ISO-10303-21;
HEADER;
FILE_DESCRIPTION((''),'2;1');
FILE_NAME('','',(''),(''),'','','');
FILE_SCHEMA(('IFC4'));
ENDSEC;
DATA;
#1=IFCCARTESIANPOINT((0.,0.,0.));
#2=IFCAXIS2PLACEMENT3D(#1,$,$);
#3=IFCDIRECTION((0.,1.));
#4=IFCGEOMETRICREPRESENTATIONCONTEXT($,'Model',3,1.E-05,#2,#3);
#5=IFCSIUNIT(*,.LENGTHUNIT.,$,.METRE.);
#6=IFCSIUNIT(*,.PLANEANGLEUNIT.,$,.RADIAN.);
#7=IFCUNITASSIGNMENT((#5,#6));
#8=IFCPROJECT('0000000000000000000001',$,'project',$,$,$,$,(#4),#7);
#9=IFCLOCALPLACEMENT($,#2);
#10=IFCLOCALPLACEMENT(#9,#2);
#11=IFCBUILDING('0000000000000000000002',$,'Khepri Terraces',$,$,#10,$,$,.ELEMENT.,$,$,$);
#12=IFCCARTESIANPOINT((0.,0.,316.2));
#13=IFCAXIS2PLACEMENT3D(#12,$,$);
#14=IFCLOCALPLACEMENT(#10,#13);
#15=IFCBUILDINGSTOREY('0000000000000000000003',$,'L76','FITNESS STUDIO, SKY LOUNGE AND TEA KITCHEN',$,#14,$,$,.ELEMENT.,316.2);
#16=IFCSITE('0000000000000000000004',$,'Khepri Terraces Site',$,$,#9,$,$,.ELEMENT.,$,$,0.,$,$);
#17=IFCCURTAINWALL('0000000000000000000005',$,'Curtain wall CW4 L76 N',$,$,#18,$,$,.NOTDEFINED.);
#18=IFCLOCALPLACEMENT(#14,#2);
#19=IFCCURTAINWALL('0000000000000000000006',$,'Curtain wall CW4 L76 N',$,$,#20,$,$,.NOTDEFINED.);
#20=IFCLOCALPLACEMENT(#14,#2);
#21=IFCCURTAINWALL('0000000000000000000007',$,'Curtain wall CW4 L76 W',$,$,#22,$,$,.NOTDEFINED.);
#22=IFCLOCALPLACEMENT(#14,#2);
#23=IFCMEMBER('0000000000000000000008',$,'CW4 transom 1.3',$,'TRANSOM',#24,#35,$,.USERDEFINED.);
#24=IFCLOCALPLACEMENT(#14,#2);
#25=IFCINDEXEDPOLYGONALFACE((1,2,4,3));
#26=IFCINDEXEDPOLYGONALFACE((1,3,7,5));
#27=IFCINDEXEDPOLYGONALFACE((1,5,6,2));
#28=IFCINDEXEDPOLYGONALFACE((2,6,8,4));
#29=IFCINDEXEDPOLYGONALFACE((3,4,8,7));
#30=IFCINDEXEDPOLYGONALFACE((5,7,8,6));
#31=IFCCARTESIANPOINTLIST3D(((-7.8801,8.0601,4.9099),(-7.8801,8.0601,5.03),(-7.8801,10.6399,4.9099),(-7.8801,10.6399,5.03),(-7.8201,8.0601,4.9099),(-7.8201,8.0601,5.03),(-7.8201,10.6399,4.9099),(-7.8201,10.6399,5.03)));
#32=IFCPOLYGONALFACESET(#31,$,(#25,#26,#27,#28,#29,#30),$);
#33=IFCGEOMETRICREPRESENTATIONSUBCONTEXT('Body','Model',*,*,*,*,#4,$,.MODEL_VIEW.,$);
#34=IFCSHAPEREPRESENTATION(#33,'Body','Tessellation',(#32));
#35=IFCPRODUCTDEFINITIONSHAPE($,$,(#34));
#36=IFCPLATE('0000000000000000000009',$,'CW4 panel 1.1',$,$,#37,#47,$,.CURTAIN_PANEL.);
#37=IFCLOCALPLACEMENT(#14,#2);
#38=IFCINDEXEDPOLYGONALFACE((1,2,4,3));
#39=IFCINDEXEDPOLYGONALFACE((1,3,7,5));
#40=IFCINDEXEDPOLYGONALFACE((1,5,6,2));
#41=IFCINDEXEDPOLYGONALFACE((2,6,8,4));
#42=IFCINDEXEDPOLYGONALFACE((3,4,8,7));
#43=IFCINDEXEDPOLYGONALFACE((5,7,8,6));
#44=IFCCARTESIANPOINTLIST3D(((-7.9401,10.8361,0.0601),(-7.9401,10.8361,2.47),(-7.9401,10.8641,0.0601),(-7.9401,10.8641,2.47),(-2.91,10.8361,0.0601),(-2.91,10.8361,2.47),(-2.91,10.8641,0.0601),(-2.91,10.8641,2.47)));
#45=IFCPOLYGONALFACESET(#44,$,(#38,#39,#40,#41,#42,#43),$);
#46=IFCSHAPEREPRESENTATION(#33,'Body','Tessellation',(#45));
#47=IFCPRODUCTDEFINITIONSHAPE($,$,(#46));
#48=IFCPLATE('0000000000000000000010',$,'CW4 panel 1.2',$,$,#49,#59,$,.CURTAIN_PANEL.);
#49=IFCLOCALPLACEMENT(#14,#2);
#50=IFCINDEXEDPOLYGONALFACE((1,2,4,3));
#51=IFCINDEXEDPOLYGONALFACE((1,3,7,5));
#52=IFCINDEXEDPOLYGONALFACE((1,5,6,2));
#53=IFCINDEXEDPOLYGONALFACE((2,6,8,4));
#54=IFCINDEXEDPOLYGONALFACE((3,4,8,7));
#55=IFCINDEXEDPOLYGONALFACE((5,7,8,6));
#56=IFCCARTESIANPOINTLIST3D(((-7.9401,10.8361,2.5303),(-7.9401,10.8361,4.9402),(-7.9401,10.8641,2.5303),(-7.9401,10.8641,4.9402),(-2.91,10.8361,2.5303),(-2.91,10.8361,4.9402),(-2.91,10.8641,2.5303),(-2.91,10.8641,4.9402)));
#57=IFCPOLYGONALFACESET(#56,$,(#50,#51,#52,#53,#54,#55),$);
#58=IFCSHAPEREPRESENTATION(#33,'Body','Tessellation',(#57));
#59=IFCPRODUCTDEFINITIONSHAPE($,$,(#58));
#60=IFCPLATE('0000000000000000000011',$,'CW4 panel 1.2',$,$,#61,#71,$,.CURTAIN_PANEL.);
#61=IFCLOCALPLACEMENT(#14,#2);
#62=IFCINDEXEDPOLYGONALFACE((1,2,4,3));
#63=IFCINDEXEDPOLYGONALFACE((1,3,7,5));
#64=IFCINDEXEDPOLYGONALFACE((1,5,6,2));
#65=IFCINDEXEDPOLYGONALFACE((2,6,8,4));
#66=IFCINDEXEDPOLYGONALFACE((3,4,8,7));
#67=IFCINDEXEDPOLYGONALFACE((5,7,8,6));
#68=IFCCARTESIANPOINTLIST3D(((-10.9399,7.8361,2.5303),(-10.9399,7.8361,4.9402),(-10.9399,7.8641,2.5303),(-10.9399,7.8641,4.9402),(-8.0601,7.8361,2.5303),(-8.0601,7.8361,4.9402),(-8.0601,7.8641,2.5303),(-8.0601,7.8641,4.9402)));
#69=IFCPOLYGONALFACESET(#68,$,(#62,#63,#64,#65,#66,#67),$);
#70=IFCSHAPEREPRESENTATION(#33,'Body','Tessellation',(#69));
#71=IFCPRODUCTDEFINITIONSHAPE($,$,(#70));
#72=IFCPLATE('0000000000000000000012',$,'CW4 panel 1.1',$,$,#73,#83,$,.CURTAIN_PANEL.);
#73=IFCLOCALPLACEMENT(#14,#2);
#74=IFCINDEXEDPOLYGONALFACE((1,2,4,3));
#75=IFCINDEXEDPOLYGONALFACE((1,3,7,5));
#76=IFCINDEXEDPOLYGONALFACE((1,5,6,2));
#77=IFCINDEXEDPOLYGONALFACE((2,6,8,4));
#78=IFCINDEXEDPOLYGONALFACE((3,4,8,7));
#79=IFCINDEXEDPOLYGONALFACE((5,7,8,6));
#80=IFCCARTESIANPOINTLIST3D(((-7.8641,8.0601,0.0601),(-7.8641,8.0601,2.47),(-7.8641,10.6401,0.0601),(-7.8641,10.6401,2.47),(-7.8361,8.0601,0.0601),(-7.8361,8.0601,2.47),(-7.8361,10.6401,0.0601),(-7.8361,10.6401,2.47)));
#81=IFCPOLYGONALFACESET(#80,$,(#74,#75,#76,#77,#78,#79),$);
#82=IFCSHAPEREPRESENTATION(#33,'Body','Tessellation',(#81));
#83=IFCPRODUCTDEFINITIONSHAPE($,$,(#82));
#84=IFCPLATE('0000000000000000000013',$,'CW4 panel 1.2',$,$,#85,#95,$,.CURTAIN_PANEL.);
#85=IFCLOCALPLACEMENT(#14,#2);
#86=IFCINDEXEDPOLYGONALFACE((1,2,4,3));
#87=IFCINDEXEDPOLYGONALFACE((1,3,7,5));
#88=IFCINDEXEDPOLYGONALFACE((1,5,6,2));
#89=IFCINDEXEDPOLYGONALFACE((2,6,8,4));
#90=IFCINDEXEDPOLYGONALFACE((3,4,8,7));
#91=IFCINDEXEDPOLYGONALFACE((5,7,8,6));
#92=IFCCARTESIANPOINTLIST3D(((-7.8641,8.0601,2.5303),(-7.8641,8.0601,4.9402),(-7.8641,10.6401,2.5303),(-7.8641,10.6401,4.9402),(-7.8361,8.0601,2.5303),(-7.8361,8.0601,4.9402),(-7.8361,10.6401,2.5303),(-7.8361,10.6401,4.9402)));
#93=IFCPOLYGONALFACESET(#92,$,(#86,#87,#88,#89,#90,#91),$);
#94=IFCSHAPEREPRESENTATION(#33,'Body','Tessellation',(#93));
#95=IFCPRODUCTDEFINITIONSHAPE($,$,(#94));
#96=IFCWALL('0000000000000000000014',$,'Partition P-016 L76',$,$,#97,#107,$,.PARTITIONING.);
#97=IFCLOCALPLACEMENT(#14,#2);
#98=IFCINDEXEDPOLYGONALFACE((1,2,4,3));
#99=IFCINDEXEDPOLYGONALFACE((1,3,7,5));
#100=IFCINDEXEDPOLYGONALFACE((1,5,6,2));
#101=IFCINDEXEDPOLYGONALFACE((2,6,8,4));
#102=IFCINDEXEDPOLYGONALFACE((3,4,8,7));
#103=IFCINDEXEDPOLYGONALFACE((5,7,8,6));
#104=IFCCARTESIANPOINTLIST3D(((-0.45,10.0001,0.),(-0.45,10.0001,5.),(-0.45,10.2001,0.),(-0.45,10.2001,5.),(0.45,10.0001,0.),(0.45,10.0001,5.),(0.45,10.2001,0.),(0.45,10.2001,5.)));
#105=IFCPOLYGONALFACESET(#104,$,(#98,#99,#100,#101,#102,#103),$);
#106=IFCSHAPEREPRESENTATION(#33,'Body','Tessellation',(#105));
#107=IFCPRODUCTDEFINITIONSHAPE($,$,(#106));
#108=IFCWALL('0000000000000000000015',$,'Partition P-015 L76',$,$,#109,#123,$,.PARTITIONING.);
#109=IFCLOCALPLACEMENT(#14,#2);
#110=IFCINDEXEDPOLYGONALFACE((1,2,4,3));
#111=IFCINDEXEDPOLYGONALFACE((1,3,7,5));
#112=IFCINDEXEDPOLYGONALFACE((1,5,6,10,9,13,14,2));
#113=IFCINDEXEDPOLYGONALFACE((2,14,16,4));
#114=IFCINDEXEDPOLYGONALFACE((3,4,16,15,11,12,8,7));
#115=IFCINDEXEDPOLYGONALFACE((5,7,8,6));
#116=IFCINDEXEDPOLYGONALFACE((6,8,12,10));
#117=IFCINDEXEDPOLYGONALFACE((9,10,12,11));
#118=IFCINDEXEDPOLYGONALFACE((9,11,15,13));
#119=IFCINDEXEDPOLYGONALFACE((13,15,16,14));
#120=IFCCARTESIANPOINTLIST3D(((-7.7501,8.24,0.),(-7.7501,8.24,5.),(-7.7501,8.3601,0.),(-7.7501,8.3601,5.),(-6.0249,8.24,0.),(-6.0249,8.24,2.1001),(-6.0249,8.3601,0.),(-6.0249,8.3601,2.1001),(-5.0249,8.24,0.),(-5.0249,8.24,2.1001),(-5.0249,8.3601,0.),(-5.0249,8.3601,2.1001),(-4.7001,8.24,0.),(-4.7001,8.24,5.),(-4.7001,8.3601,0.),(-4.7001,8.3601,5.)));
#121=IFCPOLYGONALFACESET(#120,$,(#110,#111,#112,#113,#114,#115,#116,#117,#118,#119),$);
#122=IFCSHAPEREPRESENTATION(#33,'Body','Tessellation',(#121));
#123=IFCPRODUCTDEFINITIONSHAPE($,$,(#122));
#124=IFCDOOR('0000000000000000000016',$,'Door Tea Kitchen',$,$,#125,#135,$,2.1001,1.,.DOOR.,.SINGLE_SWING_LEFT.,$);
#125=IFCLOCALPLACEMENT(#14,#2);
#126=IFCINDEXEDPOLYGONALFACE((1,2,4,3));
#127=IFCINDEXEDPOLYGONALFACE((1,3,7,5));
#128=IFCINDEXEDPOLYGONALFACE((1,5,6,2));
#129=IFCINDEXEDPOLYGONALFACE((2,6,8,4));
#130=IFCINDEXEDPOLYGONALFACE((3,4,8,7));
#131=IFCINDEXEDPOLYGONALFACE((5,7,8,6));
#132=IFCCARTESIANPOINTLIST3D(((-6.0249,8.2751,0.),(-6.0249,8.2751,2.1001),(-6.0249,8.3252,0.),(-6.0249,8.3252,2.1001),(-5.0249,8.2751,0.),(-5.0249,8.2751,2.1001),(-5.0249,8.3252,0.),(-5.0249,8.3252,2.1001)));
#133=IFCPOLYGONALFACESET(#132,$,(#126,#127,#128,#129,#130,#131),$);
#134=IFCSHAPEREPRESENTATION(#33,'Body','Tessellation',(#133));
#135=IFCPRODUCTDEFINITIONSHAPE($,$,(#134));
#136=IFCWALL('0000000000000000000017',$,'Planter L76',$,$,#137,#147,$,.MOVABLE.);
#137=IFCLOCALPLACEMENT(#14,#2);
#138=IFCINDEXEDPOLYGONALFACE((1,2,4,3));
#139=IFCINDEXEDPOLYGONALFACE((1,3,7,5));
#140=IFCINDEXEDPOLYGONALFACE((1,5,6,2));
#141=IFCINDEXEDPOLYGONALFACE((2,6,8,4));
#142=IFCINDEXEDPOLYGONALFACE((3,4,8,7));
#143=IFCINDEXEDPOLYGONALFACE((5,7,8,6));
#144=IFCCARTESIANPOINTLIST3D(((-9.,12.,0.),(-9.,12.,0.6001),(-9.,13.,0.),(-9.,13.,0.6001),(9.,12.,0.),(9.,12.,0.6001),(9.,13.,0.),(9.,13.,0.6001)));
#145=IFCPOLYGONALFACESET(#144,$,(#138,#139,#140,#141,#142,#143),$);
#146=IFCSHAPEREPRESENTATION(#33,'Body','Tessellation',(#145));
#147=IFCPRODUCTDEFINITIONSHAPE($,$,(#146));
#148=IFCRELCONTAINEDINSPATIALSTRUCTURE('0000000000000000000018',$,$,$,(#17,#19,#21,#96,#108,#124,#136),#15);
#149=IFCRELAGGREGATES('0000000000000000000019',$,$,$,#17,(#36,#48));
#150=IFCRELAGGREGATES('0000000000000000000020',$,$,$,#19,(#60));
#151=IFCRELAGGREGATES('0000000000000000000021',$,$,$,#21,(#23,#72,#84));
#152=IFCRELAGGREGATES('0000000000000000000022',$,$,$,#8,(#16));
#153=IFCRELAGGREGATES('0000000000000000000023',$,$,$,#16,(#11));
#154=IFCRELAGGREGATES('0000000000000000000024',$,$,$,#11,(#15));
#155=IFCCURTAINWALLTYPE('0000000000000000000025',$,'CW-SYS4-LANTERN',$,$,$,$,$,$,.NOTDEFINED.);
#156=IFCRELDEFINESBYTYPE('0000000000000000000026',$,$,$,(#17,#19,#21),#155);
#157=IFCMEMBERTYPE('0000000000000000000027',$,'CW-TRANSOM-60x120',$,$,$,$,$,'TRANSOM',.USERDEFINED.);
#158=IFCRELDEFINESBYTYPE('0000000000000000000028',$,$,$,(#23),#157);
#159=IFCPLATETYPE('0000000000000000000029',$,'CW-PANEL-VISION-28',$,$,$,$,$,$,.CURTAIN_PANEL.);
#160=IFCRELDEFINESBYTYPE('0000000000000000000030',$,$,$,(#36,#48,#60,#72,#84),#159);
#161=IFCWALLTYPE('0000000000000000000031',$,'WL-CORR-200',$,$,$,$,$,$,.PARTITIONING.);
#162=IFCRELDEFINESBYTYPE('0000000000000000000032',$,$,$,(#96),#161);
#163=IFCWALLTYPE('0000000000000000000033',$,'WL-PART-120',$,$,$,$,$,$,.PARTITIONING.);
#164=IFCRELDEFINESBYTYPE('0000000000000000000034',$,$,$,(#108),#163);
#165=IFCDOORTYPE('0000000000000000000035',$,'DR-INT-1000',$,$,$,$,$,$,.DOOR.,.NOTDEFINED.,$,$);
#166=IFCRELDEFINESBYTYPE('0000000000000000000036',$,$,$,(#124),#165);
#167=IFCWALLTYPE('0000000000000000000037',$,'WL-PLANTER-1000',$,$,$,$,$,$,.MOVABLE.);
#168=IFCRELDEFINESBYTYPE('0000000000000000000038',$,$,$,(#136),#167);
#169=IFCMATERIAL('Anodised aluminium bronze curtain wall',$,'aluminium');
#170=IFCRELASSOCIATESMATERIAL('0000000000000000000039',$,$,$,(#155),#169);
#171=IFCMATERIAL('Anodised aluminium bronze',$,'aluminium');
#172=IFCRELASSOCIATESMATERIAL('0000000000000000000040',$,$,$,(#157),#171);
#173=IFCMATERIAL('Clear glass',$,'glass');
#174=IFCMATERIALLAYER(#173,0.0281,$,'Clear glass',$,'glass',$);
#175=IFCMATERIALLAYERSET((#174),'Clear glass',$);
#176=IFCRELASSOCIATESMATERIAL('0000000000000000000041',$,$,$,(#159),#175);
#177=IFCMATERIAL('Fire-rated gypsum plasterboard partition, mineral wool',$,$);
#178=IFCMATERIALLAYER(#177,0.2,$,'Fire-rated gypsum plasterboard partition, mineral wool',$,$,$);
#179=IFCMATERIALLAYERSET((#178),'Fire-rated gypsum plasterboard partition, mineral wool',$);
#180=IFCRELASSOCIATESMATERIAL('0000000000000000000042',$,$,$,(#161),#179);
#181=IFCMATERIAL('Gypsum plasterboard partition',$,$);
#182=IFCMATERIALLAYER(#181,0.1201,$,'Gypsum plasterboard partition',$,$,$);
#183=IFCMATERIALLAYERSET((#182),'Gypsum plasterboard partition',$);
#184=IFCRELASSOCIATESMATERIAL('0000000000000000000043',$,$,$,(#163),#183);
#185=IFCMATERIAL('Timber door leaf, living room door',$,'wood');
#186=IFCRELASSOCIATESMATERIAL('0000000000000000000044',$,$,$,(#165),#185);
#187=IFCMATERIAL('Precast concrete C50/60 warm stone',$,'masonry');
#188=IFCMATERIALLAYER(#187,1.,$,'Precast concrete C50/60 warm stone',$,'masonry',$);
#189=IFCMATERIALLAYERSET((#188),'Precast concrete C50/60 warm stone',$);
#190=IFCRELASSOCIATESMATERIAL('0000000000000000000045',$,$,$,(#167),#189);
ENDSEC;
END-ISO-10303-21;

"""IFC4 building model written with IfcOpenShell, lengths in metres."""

from ifc_helpers import new_model, si_unit, direction, frame, frame_2d, origin, origin_2d, place, context, subcontext, project, spatial, rectangle, extrude, material, layer, layer_set, material_profile, profile_set, type_object, element, fill, aggregate, save


model = new_model("IFC4")

# Units and contexts
model_context = context("Model", 3, precision=1e-05, world=origin(), true_north=direction((0.0, 1.0)))
body_context = subcontext(model_context, "Body", "Model", "MODEL_VIEW")
ifc_project = project(units=[si_unit("LENGTHUNIT", "METRE"), si_unit("PLANEANGLEUNIT", "RADIAN")], contexts=[model_context])

# Site, building, storey
site_placement = place(None, origin())
site = spatial("IfcSite", under=ifc_project, at=site_placement, Name="Khepri Terraces Site", CompositionType="ELEMENT", RefElevation=0.0)
building_placement = place(site_placement, origin())
building = spatial("IfcBuilding", under=site, at=building_placement, Name="Khepri Terraces", CompositionType="ELEMENT")
storey_placement = place(building_placement, frame((0.0, 0.0, 316.2)))
storey = spatial("IfcBuildingStorey", under=building, at=storey_placement, Name="L76", Description="FITNESS STUDIO, SKY LOUNGE AND TEA KITCHEN", CompositionType="ELEMENT", Elevation=316.2)

# Curtain wall
ifc_material_1 = material(Name="Anodised aluminium bronze curtain wall", Category="aluminium")
curtain_wall_type = type_object("IfcCurtainWallType", Name="CW-SYS4-LANTERN", PredefinedType="NOTDEFINED", material=ifc_material_1)
curtain_wall_1_placement = place(storey_placement, origin())
curtain_wall_1 = element("IfcCurtainWall", 1, at=curtain_wall_1_placement, inside=storey, type_object=curtain_wall_type, Name="Curtain wall CW4 L76 N", PredefinedType="NOTDEFINED")
ifc_material_2 = material(Name="Anodised aluminium bronze", Category="aluminium")

# Curtain wall
curtain_wall_2_placement = place(storey_placement, origin())
curtain_wall_2 = element("IfcCurtainWall", 2, at=curtain_wall_2_placement, inside=storey, type_object=curtain_wall_type, Name="Curtain wall CW4 L76 N", PredefinedType="NOTDEFINED")

# Curtain wall
curtain_wall_3_placement = place(storey_placement, origin())
curtain_wall_3 = element("IfcCurtainWall", 3, at=curtain_wall_3_placement, inside=storey, type_object=curtain_wall_type, Name="Curtain wall CW4 L76 W", PredefinedType="NOTDEFINED")

# Member
ifc_material_profile_1 = material_profile(ifc_material_2, rectangle(XDim=0.0601, YDim=0.1201, at=origin_2d()), Name="Anodised aluminium bronze", Category="aluminium")
ifc_profile_set_1 = profile_set([ifc_material_profile_1], Name="Anodised aluminium bronze")
member_type_1 = type_object("IfcMemberType", Name="CW-TRANSOM-60x120", ElementType="TRANSOM", PredefinedType="USERDEFINED", material=ifc_profile_set_1)
member_1_placement = place(storey_placement, frame((-7.8501, 10.6399, 4.97), z_axis=(0.0, -1.0, 0.0), x_axis=(1.0, 0.0, 0.0)))
member_1 = element("IfcMember", 4, at=member_1_placement, type_object=member_type_1, Name="CW4 transom 1.3", ObjectType="TRANSOM", PredefinedType="USERDEFINED", context=body_context, shape_type="SweptSolid", body=[
    extrude(rectangle(XDim=0.0601, YDim=0.1201, at=origin_2d()), origin(), (0.0, 0.0, 1.0), 2.5798),
])

# Plates
ifc_material_3 = material(Name="Clear glass", Category="glass")
ifc_layer_1 = layer(ifc_material_3, 0.0281, Name="Clear glass", Category="glass")
ifc_layer_set_1 = layer_set([ifc_layer_1], Name="Clear glass")
plate_type = type_object("IfcPlateType", Name="CW-PANEL-VISION-28", PredefinedType="CURTAIN_PANEL", material=ifc_layer_set_1)
plate_1_placement = place(storey_placement, frame((-5.425, 10.8501, 0.0601), z_axis=(0.0, 0.0, 1.0), x_axis=(-1.0, 0.0, 0.0)))
plate_1 = element("IfcPlate", 5, at=plate_1_placement, type_object=plate_type, Name="CW4 panel 1.1", PredefinedType="CURTAIN_PANEL", context=body_context, shape_type="SweptSolid", body=[
    extrude(rectangle(XDim=5.03, YDim=0.0281, at=origin_2d()), origin(), (0.0, 0.0, 1.0), 2.4099),
])
plate_2_placement = place(storey_placement, frame((-5.425, 10.8501, 2.5303), z_axis=(0.0, 0.0, 1.0), x_axis=(-1.0, 0.0, 0.0)))
plate_2 = element("IfcPlate", 6, at=plate_2_placement, type_object=plate_type, Name="CW4 panel 1.2", PredefinedType="CURTAIN_PANEL", context=body_context, shape_type="SweptSolid", body=[
    extrude(rectangle(XDim=5.03, YDim=0.0281, at=origin_2d()), origin(), (0.0, 0.0, 1.0), 2.4099),
])
aggregate(curtain_wall_1, [plate_1, plate_2])
plate_3_placement = place(storey_placement, frame((-9.5, 7.8501, 2.5303), z_axis=(0.0, 0.0, 1.0), x_axis=(-1.0, 0.0, 0.0)))
plate_3 = element("IfcPlate", 7, at=plate_3_placement, type_object=plate_type, Name="CW4 panel 1.2", PredefinedType="CURTAIN_PANEL", context=body_context, shape_type="SweptSolid", body=[
    extrude(rectangle(XDim=2.8799, YDim=0.0281, at=origin_2d()), origin(), (0.0, 0.0, 1.0), 2.4099),
])
aggregate(curtain_wall_2, [plate_3])
plate_4_placement = place(storey_placement, frame((-7.8501, 9.3501, 0.0601), z_axis=(0.0, 0.0, 1.0), x_axis=(0.0, -1.0, 0.0)))
plate_4 = element("IfcPlate", 8, at=plate_4_placement, type_object=plate_type, Name="CW4 panel 1.1", PredefinedType="CURTAIN_PANEL", context=body_context, shape_type="SweptSolid", body=[
    extrude(rectangle(XDim=2.5801, YDim=0.0281, at=origin_2d()), origin(), (0.0, 0.0, 1.0), 2.4099),
])
plate_5_placement = place(storey_placement, frame((-7.8501, 9.3501, 2.5303), z_axis=(0.0, 0.0, 1.0), x_axis=(0.0, -1.0, 0.0)))
plate_5 = element("IfcPlate", 9, at=plate_5_placement, type_object=plate_type, Name="CW4 panel 1.2", PredefinedType="CURTAIN_PANEL", context=body_context, shape_type="SweptSolid", body=[
    extrude(rectangle(XDim=2.5801, YDim=0.0281, at=origin_2d()), origin(), (0.0, 0.0, 1.0), 2.4099),
])
aggregate(curtain_wall_3, [member_1, plate_4, plate_5])

# Wall
ifc_material_4 = material(Name="Fire-rated gypsum plasterboard partition, mineral wool")
ifc_layer_2 = layer(ifc_material_4, 0.2, Name="Fire-rated gypsum plasterboard partition, mineral wool")
ifc_layer_set_2 = layer_set([ifc_layer_2], Name="Fire-rated gypsum plasterboard partition, mineral wool")
wall_type_1 = type_object("IfcWallType", Name="WL-CORR-200", PredefinedType="PARTITIONING", material=ifc_layer_set_2)
wall_1_placement = place(storey_placement, frame((-0.45, 10.1001, 0.0), z_axis=(0.0, 0.0, 1.0), x_axis=(1.0, 0.0, 0.0)))
element("IfcWall", 10, at=wall_1_placement, inside=storey, type_object=wall_type_1, Name="Partition P-016 L76", PredefinedType="PARTITIONING", context=body_context, shape_type="SweptSolid", body=[
    extrude(rectangle(XDim=0.8999, YDim=0.2, at=frame_2d((0.45, 0.0))), origin(), (0.0, 0.0, 1.0), 5.0),
])

# Wall, opening, door
ifc_material_5 = material(Name="Precast concrete C50/60 warm stone", Category="masonry")
ifc_material_6 = material(Name="Gypsum plasterboard partition")
ifc_layer_3 = layer(ifc_material_6, 0.1201, Name="Gypsum plasterboard partition")
ifc_layer_set_3 = layer_set([ifc_layer_3], Name="Gypsum plasterboard partition")
wall_type_2 = type_object("IfcWallType", Name="WL-PART-120", PredefinedType="PARTITIONING", material=ifc_layer_set_3)
wall_2_placement = place(storey_placement, frame((-7.75, 8.3, 0.0), z_axis=(0.0, 0.0, 1.0), x_axis=(1.0, 0.0, 0.0)))
wall_2 = element("IfcWall", 11, at=wall_2_placement, inside=storey, type_object=wall_type_2, Name="Partition P-015 L76", PredefinedType="PARTITIONING", context=body_context, shape_type="SweptSolid", body=[
    extrude(rectangle(XDim=3.05, YDim=0.1201, at=frame_2d((1.5249, 0.0))), origin(), (0.0, 0.0, 1.0), 5.0),
])
opening_1_placement = place(wall_2_placement, frame((1.7251, 0.0, 0.0)))
opening_1 = element("IfcOpeningElement", 12, at=opening_1_placement, cuts=wall_2, PredefinedType="OPENING", context=body_context, shape_type="SweptSolid", body=[
    extrude(rectangle(XDim=1.0, YDim=2.1001, at=frame_2d((0.5, 1.05))), frame((0.0, 0.0701, 0.0), z_axis=(0.0, -1.0, 0.0), x_axis=(1.0, 0.0, 0.0)), (0.0, 0.0, 1.0), 0.1401),
])
ifc_material_7 = material(Name="Timber door leaf, living room door", Category="wood")
door_type_1 = type_object("IfcDoorType", Name="DR-INT-1000", OperationType="NOTDEFINED", PredefinedType="DOOR", material=ifc_material_7)
door_1_placement = place(opening_1_placement, frame((1.0, 0.0, 0.0), z_axis=(0.0, 0.0, 1.0), x_axis=(-1.0, 0.0, 0.0)))
door_1 = element("IfcDoor", 13, at=door_1_placement, inside=storey, type_object=door_type_1, Name="Door Tea Kitchen", OperationType="SINGLE_SWING_LEFT", OverallHeight=2.1001, OverallWidth=1.0, PredefinedType="DOOR", context=body_context, shape_type="SweptSolid", body=[
    extrude(rectangle(XDim=1.0, YDim=2.1001, at=frame_2d((0.5, 1.05))), frame((0.0, 0.0249, 0.0), z_axis=(0.0, -1.0, 0.0), x_axis=(1.0, 0.0, 0.0)), (0.0, 0.0, 1.0), 0.05),
])
fill(opening_1, door_1)

# Wall
ifc_layer_4 = layer(ifc_material_5, 1.0, Name="Precast concrete C50/60 warm stone", Category="masonry")
ifc_layer_set_4 = layer_set([ifc_layer_4], Name="Precast concrete C50/60 warm stone")
wall_type_3 = type_object("IfcWallType", Name="WL-PLANTER-1000", PredefinedType="MOVABLE", material=ifc_layer_set_4)
wall_3_placement = place(storey_placement, frame((-9.0, 12.5, 0.0), z_axis=(0.0, 0.0, 1.0), x_axis=(1.0, 0.0, 0.0)))
element("IfcWall", 14, at=wall_3_placement, inside=storey, type_object=wall_type_3, Name="Planter L76", PredefinedType="MOVABLE", context=body_context, shape_type="SweptSolid", body=[
    extrude(rectangle(XDim=18.0, YDim=1.0, at=frame_2d((9.0, 0.0))), origin(), (0.0, 0.0, 1.0), 0.6001),
])

save(model, "model.ifc")
